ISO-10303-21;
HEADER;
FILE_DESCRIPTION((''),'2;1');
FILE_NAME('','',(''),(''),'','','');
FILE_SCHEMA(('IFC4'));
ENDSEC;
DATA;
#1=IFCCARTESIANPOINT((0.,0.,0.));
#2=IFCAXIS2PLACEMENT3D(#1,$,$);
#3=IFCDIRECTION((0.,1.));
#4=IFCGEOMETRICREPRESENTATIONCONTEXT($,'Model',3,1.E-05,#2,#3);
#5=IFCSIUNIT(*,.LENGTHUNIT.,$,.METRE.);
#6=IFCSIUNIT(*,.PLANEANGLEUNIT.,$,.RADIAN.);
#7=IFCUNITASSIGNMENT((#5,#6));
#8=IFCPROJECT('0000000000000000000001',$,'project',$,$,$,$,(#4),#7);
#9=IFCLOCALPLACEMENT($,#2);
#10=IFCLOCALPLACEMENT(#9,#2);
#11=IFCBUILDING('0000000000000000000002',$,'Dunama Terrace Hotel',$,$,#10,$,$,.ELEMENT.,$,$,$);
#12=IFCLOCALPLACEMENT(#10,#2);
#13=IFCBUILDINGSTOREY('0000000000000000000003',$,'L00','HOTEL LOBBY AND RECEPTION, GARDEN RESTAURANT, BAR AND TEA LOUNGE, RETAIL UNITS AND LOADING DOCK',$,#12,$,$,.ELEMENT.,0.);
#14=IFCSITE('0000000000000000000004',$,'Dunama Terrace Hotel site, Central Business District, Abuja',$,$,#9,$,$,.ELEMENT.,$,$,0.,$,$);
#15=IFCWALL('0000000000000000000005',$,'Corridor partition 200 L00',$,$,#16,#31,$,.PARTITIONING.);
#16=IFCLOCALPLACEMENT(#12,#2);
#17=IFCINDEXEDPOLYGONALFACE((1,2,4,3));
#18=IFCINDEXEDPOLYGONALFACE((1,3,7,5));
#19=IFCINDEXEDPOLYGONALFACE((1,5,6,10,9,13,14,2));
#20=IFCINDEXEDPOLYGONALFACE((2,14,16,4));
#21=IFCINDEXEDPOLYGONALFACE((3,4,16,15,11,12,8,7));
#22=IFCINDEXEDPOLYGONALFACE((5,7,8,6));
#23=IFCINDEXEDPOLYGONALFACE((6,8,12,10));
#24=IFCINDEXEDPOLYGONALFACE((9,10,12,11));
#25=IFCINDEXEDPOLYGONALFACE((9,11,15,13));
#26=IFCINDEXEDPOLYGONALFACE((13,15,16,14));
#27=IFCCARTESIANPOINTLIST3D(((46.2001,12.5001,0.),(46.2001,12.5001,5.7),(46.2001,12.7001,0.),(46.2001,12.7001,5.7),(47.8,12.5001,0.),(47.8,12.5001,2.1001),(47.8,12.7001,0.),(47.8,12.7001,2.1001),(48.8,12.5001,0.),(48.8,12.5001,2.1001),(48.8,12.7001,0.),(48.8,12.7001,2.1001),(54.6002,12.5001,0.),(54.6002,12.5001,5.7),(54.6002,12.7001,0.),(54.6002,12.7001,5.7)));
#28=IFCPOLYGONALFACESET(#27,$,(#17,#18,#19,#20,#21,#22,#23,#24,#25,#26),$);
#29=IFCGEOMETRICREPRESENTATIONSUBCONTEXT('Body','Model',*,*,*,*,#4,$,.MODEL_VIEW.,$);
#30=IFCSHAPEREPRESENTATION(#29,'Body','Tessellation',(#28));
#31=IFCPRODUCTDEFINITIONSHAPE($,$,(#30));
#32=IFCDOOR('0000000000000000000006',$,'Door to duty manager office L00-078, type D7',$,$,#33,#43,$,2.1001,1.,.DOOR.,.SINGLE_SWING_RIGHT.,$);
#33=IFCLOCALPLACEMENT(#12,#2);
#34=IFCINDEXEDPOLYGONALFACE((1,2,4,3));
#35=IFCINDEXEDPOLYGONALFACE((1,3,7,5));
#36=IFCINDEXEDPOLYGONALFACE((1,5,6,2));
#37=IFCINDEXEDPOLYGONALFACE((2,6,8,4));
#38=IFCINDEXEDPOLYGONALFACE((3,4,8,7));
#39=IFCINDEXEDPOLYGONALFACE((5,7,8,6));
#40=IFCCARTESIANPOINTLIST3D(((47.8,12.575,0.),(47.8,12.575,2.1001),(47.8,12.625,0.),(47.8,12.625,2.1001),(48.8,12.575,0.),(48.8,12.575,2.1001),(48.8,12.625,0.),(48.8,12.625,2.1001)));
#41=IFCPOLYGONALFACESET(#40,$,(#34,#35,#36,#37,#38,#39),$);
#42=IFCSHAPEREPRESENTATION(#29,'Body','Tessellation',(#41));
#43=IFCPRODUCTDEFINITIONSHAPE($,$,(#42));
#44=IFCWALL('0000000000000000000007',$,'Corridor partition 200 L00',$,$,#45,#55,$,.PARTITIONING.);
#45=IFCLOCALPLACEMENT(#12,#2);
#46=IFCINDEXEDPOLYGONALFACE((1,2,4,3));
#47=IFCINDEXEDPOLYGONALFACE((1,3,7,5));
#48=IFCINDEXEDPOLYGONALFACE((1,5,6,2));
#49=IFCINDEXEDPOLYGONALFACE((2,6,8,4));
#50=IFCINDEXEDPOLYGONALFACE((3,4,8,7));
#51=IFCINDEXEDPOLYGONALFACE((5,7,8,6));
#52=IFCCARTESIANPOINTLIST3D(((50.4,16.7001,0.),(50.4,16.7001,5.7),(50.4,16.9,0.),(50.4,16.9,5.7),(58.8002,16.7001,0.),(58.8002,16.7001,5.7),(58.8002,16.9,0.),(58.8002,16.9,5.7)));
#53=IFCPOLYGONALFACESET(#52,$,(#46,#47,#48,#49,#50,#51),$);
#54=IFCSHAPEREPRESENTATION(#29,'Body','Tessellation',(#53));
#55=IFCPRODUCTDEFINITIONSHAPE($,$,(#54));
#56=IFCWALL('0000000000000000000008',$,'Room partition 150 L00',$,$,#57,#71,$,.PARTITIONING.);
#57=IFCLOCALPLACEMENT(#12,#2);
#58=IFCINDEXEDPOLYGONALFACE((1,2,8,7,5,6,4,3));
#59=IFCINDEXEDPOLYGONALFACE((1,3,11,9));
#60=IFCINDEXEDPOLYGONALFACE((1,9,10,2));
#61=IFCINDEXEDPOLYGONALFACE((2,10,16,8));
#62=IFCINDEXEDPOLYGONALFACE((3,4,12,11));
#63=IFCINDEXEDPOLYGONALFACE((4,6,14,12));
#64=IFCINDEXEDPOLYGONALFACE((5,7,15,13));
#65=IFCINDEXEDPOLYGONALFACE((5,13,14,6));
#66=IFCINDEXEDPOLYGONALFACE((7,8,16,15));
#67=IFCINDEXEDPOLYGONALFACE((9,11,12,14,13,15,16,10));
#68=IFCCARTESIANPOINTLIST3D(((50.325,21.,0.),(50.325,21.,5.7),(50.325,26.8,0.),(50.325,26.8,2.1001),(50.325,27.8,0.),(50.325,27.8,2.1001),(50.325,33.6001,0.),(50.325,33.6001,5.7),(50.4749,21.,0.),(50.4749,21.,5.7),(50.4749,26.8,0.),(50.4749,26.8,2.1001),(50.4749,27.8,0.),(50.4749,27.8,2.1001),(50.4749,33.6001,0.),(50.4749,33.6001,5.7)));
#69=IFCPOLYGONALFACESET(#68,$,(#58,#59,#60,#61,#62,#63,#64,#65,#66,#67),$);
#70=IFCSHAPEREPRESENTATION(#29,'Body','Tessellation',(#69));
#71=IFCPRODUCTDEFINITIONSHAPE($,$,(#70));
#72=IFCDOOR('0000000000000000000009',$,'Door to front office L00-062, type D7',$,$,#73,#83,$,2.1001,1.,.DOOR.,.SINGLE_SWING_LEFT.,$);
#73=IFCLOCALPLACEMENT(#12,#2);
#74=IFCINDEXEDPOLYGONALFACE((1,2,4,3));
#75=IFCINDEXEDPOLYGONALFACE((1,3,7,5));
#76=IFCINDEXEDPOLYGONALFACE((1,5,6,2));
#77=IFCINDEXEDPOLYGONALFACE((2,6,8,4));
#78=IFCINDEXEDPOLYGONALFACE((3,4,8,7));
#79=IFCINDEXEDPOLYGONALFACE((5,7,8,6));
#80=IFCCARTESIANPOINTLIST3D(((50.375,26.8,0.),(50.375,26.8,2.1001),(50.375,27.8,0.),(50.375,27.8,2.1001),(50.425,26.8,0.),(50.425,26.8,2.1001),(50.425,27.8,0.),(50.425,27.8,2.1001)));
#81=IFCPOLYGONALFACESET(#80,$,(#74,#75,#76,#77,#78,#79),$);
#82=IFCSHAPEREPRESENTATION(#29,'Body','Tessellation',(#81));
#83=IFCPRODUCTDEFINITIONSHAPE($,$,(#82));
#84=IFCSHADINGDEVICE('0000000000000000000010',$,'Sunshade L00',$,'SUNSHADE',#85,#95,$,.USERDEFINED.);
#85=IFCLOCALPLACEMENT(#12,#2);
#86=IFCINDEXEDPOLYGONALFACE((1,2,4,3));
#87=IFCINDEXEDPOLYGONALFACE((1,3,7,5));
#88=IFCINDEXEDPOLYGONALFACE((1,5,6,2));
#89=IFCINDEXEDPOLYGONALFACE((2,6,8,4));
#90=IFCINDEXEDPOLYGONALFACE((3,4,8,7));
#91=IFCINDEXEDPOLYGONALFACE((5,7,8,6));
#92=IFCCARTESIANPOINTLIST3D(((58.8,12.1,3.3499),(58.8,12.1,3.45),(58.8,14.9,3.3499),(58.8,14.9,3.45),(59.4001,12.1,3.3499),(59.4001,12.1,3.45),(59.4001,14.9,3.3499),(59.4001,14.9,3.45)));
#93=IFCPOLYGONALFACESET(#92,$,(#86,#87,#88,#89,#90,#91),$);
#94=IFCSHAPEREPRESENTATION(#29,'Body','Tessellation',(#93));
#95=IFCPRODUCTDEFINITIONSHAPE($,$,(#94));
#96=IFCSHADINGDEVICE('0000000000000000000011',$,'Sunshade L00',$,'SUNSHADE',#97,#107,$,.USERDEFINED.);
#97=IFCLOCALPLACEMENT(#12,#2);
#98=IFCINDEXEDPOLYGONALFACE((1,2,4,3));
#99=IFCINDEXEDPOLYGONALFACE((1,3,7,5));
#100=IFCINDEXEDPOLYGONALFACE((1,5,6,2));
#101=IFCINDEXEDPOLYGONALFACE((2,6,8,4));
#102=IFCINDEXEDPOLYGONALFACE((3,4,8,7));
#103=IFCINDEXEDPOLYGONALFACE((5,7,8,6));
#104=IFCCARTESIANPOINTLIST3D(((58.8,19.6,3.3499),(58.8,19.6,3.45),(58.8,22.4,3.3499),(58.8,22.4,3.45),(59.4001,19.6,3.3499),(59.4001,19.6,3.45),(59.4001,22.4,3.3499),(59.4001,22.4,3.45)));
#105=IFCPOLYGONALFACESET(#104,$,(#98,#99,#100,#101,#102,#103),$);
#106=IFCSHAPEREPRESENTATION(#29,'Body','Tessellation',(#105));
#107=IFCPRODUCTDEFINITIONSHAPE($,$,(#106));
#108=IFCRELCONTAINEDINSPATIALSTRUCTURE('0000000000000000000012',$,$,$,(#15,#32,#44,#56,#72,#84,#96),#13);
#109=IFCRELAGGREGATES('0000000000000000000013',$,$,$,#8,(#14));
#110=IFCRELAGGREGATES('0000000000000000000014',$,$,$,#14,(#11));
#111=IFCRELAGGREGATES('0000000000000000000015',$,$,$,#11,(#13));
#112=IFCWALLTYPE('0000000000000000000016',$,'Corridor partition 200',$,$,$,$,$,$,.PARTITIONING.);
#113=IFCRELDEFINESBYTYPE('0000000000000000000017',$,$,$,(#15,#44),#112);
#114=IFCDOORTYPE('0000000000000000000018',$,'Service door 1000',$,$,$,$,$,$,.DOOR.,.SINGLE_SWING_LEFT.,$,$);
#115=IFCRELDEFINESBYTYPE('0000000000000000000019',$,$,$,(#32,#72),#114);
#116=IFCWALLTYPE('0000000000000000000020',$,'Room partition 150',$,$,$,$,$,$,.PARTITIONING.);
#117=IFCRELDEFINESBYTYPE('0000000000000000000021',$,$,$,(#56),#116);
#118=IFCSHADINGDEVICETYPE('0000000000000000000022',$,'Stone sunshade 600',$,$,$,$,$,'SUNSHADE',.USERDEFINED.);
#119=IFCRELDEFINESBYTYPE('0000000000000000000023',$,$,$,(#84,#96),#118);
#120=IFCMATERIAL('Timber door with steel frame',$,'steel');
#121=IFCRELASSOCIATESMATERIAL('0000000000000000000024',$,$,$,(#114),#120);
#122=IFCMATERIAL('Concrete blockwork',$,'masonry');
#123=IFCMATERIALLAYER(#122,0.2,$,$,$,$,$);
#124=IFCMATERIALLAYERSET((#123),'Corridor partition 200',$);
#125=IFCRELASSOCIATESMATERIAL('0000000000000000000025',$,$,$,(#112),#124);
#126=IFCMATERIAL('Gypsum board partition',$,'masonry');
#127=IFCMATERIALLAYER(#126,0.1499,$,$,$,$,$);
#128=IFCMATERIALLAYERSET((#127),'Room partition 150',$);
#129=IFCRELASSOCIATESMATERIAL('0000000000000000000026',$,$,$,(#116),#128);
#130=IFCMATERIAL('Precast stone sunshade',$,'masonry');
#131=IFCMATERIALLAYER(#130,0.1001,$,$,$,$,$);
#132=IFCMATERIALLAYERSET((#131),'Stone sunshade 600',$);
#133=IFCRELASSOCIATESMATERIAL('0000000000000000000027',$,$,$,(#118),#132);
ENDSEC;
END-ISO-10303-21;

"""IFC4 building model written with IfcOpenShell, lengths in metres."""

from ifc_helpers import new_model, si_unit, direction, frame, frame_2d, origin, origin_2d, place, context, subcontext, project, spatial, rectangle, extrude, material, layer, layer_set, type_object, element, fill, save


model = new_model("IFC4")

# Units and contexts
model_context = context("Model", 3, precision=1e-05, world=origin(), true_north=direction((0.0, 1.0)))
body_context = subcontext(model_context, "Body", "Model", "MODEL_VIEW")
ifc_project = project(units=[si_unit("LENGTHUNIT", "METRE"), si_unit("PLANEANGLEUNIT", "RADIAN")], contexts=[model_context])

# Site, building, storey
site_placement = place(None, origin())
site = spatial("IfcSite", under=ifc_project, at=site_placement, Name="Dunama Terrace Hotel site, Central Business District, Abuja", CompositionType="ELEMENT", RefElevation=0.0)
building_placement = place(site_placement, origin())
building = spatial("IfcBuilding", under=site, at=building_placement, Name="Dunama Terrace Hotel", CompositionType="ELEMENT")
storey_placement = place(building_placement, origin())
storey = spatial("IfcBuildingStorey", under=building, at=storey_placement, Name="L00", Description="HOTEL LOBBY AND RECEPTION, GARDEN RESTAURANT, BAR AND TEA LOUNGE, RETAIL UNITS AND LOADING DOCK", CompositionType="ELEMENT", Elevation=0.0)

# Shared definitions
ifc_material_1 = material(Name="Timber door with steel frame", Category="steel")
door_type_1 = type_object("IfcDoorType", Name="Service door 1000", OperationType="SINGLE_SWING_LEFT", PredefinedType="DOOR", material=ifc_material_1)

# Shared definitions
ifc_material_2 = material(Name="Concrete blockwork", Category="masonry")
ifc_layer_1 = layer(ifc_material_2, 0.2)
ifc_layer_set_1 = layer_set([ifc_layer_1], Name="Corridor partition 200")
wall_type_1 = type_object("IfcWallType", Name="Corridor partition 200", PredefinedType="PARTITIONING", material=ifc_layer_set_1)

# Wall, opening, door
wall_1_placement = place(storey_placement, frame((46.2, 12.6001, 0.0), z_axis=(0.0, 0.0, 1.0), x_axis=(1.0, 0.0, 0.0)))
wall_1 = element("IfcWall", 1, at=wall_1_placement, inside=storey, type_object=wall_type_1, Name="Corridor partition 200 L00", PredefinedType="PARTITIONING", context=body_context, shape_type="SweptSolid", body=[
    extrude(rectangle(XDim=8.4001, YDim=0.2, at=frame_2d((4.2002, 0.0))), origin(), (0.0, 0.0, 1.0), 5.7),
])
opening_1_placement = place(wall_1_placement, frame((1.6001, 0.0, 0.0)))
opening_1 = element("IfcOpeningElement", 2, at=opening_1_placement, cuts=wall_1, PredefinedType="OPENING", context=body_context, shape_type="SweptSolid", body=[
    extrude(rectangle(XDim=1.0, YDim=2.1001, at=frame_2d((0.5, 1.05))), frame((0.0, 0.1099, 0.0), z_axis=(0.0, -1.0, 0.0), x_axis=(1.0, 0.0, 0.0)), (0.0, 0.0, 1.0), 0.22),
])
door_1_placement = place(opening_1_placement, frame((1.0, 0.0, 0.0), z_axis=(0.0, 0.0, 1.0), x_axis=(-1.0, 0.0, 0.0)))
door_1 = element("IfcDoor", 3, at=door_1_placement, inside=storey, type_object=door_type_1, Name="Door to duty manager office L00-078, type D7", OperationType="SINGLE_SWING_RIGHT", OverallHeight=2.1001, OverallWidth=1.0, PredefinedType="DOOR", context=body_context, shape_type="SweptSolid", body=[
    extrude(rectangle(XDim=1.0, YDim=2.1001, at=frame_2d((0.5, 1.05))), frame((0.0, 0.0251, 0.0), z_axis=(0.0, -1.0, 0.0), x_axis=(1.0, 0.0, 0.0)), (0.0, 0.0, 1.0), 0.05),
])
fill(opening_1, door_1)

# Wall
wall_2_placement = place(storey_placement, frame((50.3999, 16.8, 0.0), z_axis=(0.0, 0.0, 1.0), x_axis=(1.0, 0.0, 0.0)))
element("IfcWall", 4, at=wall_2_placement, inside=storey, type_object=wall_type_1, Name="Corridor partition 200 L00", PredefinedType="PARTITIONING", context=body_context, shape_type="SweptSolid", body=[
    extrude(rectangle(XDim=8.4001, YDim=0.2, at=frame_2d((4.2002, 0.0))), origin(), (0.0, 0.0, 1.0), 5.7),
])

# Wall, opening, door
ifc_material_3 = material(Name="Gypsum board partition", Category="masonry")
ifc_layer_2 = layer(ifc_material_3, 0.1499)
ifc_layer_set_2 = layer_set([ifc_layer_2], Name="Room partition 150")
wall_type_2 = type_object("IfcWallType", Name="Room partition 150", PredefinedType="PARTITIONING", material=ifc_layer_set_2)
wall_3_placement = place(storey_placement, frame((50.3999, 21.0, 0.0), z_axis=(0.0, 0.0, 1.0), x_axis=(0.0, 1.0, 0.0)))
wall_3 = element("IfcWall", 5, at=wall_3_placement, inside=storey, type_object=wall_type_2, Name="Room partition 150 L00", PredefinedType="PARTITIONING", context=body_context, shape_type="SweptSolid", body=[
    extrude(rectangle(XDim=12.6001, YDim=0.1499, at=frame_2d((6.3, 0.0))), origin(), (0.0, 0.0, 1.0), 5.7),
])
opening_2_placement = place(wall_3_placement, frame((5.8, 0.0, 0.0)))
opening_2 = element("IfcOpeningElement", 6, at=opening_2_placement, cuts=wall_3, PredefinedType="OPENING", context=body_context, shape_type="SweptSolid", body=[
    extrude(rectangle(XDim=1.0, YDim=2.1001, at=frame_2d((0.5, 1.05))), frame((0.0, 0.085, 0.0), z_axis=(0.0, -1.0, 0.0), x_axis=(1.0, 0.0, 0.0)), (0.0, 0.0, 1.0), 0.1699),
])
door_2_placement = place(opening_2_placement, origin())
door_2 = element("IfcDoor", 7, at=door_2_placement, inside=storey, type_object=door_type_1, Name="Door to front office L00-062, type D7", OperationType="SINGLE_SWING_LEFT", OverallHeight=2.1001, OverallWidth=1.0, PredefinedType="DOOR", context=body_context, shape_type="SweptSolid", body=[
    extrude(rectangle(XDim=1.0, YDim=2.1001, at=frame_2d((0.5, 1.05))), frame((0.0, 0.0249, 0.0), z_axis=(0.0, -1.0, 0.0), x_axis=(1.0, 0.0, 0.0)), (0.0, 0.0, 1.0), 0.05),
])
fill(opening_2, door_2)

# Shading devices
ifc_material_4 = material(Name="Precast stone sunshade", Category="masonry")
ifc_layer_3 = layer(ifc_material_4, 0.1001)
ifc_layer_set_3 = layer_set([ifc_layer_3], Name="Stone sunshade 600")
shading_device_type = type_object("IfcShadingDeviceType", Name="Stone sunshade 600", ElementType="SUNSHADE", PredefinedType="USERDEFINED", material=ifc_layer_set_3)
for number, where, z_axis, x_axis, name in (
    (8, (59.1001, 13.5, 3.3499), (0.0, 0.0, 1.0), (0.0, 1.0, 0.0), "Sunshade L00"),
    (9, (59.1001, 21.0, 3.3499), (0.0, 0.0, 1.0), (0.0, 1.0, 0.0), "Sunshade L00"),
):
    element("IfcShadingDevice", number, at=place(storey_placement, frame(where, z_axis=z_axis, x_axis=x_axis)), inside=storey, type_object=shading_device_type, Name=name, ObjectType="SUNSHADE", PredefinedType="USERDEFINED", context=body_context, shape_type="SweptSolid", body=[
        extrude(rectangle(XDim=2.8, YDim=0.6001, at=origin_2d()), origin(), (0.0, 0.0, 1.0), 0.1001),
    ])

save(model, "model.ifc")
